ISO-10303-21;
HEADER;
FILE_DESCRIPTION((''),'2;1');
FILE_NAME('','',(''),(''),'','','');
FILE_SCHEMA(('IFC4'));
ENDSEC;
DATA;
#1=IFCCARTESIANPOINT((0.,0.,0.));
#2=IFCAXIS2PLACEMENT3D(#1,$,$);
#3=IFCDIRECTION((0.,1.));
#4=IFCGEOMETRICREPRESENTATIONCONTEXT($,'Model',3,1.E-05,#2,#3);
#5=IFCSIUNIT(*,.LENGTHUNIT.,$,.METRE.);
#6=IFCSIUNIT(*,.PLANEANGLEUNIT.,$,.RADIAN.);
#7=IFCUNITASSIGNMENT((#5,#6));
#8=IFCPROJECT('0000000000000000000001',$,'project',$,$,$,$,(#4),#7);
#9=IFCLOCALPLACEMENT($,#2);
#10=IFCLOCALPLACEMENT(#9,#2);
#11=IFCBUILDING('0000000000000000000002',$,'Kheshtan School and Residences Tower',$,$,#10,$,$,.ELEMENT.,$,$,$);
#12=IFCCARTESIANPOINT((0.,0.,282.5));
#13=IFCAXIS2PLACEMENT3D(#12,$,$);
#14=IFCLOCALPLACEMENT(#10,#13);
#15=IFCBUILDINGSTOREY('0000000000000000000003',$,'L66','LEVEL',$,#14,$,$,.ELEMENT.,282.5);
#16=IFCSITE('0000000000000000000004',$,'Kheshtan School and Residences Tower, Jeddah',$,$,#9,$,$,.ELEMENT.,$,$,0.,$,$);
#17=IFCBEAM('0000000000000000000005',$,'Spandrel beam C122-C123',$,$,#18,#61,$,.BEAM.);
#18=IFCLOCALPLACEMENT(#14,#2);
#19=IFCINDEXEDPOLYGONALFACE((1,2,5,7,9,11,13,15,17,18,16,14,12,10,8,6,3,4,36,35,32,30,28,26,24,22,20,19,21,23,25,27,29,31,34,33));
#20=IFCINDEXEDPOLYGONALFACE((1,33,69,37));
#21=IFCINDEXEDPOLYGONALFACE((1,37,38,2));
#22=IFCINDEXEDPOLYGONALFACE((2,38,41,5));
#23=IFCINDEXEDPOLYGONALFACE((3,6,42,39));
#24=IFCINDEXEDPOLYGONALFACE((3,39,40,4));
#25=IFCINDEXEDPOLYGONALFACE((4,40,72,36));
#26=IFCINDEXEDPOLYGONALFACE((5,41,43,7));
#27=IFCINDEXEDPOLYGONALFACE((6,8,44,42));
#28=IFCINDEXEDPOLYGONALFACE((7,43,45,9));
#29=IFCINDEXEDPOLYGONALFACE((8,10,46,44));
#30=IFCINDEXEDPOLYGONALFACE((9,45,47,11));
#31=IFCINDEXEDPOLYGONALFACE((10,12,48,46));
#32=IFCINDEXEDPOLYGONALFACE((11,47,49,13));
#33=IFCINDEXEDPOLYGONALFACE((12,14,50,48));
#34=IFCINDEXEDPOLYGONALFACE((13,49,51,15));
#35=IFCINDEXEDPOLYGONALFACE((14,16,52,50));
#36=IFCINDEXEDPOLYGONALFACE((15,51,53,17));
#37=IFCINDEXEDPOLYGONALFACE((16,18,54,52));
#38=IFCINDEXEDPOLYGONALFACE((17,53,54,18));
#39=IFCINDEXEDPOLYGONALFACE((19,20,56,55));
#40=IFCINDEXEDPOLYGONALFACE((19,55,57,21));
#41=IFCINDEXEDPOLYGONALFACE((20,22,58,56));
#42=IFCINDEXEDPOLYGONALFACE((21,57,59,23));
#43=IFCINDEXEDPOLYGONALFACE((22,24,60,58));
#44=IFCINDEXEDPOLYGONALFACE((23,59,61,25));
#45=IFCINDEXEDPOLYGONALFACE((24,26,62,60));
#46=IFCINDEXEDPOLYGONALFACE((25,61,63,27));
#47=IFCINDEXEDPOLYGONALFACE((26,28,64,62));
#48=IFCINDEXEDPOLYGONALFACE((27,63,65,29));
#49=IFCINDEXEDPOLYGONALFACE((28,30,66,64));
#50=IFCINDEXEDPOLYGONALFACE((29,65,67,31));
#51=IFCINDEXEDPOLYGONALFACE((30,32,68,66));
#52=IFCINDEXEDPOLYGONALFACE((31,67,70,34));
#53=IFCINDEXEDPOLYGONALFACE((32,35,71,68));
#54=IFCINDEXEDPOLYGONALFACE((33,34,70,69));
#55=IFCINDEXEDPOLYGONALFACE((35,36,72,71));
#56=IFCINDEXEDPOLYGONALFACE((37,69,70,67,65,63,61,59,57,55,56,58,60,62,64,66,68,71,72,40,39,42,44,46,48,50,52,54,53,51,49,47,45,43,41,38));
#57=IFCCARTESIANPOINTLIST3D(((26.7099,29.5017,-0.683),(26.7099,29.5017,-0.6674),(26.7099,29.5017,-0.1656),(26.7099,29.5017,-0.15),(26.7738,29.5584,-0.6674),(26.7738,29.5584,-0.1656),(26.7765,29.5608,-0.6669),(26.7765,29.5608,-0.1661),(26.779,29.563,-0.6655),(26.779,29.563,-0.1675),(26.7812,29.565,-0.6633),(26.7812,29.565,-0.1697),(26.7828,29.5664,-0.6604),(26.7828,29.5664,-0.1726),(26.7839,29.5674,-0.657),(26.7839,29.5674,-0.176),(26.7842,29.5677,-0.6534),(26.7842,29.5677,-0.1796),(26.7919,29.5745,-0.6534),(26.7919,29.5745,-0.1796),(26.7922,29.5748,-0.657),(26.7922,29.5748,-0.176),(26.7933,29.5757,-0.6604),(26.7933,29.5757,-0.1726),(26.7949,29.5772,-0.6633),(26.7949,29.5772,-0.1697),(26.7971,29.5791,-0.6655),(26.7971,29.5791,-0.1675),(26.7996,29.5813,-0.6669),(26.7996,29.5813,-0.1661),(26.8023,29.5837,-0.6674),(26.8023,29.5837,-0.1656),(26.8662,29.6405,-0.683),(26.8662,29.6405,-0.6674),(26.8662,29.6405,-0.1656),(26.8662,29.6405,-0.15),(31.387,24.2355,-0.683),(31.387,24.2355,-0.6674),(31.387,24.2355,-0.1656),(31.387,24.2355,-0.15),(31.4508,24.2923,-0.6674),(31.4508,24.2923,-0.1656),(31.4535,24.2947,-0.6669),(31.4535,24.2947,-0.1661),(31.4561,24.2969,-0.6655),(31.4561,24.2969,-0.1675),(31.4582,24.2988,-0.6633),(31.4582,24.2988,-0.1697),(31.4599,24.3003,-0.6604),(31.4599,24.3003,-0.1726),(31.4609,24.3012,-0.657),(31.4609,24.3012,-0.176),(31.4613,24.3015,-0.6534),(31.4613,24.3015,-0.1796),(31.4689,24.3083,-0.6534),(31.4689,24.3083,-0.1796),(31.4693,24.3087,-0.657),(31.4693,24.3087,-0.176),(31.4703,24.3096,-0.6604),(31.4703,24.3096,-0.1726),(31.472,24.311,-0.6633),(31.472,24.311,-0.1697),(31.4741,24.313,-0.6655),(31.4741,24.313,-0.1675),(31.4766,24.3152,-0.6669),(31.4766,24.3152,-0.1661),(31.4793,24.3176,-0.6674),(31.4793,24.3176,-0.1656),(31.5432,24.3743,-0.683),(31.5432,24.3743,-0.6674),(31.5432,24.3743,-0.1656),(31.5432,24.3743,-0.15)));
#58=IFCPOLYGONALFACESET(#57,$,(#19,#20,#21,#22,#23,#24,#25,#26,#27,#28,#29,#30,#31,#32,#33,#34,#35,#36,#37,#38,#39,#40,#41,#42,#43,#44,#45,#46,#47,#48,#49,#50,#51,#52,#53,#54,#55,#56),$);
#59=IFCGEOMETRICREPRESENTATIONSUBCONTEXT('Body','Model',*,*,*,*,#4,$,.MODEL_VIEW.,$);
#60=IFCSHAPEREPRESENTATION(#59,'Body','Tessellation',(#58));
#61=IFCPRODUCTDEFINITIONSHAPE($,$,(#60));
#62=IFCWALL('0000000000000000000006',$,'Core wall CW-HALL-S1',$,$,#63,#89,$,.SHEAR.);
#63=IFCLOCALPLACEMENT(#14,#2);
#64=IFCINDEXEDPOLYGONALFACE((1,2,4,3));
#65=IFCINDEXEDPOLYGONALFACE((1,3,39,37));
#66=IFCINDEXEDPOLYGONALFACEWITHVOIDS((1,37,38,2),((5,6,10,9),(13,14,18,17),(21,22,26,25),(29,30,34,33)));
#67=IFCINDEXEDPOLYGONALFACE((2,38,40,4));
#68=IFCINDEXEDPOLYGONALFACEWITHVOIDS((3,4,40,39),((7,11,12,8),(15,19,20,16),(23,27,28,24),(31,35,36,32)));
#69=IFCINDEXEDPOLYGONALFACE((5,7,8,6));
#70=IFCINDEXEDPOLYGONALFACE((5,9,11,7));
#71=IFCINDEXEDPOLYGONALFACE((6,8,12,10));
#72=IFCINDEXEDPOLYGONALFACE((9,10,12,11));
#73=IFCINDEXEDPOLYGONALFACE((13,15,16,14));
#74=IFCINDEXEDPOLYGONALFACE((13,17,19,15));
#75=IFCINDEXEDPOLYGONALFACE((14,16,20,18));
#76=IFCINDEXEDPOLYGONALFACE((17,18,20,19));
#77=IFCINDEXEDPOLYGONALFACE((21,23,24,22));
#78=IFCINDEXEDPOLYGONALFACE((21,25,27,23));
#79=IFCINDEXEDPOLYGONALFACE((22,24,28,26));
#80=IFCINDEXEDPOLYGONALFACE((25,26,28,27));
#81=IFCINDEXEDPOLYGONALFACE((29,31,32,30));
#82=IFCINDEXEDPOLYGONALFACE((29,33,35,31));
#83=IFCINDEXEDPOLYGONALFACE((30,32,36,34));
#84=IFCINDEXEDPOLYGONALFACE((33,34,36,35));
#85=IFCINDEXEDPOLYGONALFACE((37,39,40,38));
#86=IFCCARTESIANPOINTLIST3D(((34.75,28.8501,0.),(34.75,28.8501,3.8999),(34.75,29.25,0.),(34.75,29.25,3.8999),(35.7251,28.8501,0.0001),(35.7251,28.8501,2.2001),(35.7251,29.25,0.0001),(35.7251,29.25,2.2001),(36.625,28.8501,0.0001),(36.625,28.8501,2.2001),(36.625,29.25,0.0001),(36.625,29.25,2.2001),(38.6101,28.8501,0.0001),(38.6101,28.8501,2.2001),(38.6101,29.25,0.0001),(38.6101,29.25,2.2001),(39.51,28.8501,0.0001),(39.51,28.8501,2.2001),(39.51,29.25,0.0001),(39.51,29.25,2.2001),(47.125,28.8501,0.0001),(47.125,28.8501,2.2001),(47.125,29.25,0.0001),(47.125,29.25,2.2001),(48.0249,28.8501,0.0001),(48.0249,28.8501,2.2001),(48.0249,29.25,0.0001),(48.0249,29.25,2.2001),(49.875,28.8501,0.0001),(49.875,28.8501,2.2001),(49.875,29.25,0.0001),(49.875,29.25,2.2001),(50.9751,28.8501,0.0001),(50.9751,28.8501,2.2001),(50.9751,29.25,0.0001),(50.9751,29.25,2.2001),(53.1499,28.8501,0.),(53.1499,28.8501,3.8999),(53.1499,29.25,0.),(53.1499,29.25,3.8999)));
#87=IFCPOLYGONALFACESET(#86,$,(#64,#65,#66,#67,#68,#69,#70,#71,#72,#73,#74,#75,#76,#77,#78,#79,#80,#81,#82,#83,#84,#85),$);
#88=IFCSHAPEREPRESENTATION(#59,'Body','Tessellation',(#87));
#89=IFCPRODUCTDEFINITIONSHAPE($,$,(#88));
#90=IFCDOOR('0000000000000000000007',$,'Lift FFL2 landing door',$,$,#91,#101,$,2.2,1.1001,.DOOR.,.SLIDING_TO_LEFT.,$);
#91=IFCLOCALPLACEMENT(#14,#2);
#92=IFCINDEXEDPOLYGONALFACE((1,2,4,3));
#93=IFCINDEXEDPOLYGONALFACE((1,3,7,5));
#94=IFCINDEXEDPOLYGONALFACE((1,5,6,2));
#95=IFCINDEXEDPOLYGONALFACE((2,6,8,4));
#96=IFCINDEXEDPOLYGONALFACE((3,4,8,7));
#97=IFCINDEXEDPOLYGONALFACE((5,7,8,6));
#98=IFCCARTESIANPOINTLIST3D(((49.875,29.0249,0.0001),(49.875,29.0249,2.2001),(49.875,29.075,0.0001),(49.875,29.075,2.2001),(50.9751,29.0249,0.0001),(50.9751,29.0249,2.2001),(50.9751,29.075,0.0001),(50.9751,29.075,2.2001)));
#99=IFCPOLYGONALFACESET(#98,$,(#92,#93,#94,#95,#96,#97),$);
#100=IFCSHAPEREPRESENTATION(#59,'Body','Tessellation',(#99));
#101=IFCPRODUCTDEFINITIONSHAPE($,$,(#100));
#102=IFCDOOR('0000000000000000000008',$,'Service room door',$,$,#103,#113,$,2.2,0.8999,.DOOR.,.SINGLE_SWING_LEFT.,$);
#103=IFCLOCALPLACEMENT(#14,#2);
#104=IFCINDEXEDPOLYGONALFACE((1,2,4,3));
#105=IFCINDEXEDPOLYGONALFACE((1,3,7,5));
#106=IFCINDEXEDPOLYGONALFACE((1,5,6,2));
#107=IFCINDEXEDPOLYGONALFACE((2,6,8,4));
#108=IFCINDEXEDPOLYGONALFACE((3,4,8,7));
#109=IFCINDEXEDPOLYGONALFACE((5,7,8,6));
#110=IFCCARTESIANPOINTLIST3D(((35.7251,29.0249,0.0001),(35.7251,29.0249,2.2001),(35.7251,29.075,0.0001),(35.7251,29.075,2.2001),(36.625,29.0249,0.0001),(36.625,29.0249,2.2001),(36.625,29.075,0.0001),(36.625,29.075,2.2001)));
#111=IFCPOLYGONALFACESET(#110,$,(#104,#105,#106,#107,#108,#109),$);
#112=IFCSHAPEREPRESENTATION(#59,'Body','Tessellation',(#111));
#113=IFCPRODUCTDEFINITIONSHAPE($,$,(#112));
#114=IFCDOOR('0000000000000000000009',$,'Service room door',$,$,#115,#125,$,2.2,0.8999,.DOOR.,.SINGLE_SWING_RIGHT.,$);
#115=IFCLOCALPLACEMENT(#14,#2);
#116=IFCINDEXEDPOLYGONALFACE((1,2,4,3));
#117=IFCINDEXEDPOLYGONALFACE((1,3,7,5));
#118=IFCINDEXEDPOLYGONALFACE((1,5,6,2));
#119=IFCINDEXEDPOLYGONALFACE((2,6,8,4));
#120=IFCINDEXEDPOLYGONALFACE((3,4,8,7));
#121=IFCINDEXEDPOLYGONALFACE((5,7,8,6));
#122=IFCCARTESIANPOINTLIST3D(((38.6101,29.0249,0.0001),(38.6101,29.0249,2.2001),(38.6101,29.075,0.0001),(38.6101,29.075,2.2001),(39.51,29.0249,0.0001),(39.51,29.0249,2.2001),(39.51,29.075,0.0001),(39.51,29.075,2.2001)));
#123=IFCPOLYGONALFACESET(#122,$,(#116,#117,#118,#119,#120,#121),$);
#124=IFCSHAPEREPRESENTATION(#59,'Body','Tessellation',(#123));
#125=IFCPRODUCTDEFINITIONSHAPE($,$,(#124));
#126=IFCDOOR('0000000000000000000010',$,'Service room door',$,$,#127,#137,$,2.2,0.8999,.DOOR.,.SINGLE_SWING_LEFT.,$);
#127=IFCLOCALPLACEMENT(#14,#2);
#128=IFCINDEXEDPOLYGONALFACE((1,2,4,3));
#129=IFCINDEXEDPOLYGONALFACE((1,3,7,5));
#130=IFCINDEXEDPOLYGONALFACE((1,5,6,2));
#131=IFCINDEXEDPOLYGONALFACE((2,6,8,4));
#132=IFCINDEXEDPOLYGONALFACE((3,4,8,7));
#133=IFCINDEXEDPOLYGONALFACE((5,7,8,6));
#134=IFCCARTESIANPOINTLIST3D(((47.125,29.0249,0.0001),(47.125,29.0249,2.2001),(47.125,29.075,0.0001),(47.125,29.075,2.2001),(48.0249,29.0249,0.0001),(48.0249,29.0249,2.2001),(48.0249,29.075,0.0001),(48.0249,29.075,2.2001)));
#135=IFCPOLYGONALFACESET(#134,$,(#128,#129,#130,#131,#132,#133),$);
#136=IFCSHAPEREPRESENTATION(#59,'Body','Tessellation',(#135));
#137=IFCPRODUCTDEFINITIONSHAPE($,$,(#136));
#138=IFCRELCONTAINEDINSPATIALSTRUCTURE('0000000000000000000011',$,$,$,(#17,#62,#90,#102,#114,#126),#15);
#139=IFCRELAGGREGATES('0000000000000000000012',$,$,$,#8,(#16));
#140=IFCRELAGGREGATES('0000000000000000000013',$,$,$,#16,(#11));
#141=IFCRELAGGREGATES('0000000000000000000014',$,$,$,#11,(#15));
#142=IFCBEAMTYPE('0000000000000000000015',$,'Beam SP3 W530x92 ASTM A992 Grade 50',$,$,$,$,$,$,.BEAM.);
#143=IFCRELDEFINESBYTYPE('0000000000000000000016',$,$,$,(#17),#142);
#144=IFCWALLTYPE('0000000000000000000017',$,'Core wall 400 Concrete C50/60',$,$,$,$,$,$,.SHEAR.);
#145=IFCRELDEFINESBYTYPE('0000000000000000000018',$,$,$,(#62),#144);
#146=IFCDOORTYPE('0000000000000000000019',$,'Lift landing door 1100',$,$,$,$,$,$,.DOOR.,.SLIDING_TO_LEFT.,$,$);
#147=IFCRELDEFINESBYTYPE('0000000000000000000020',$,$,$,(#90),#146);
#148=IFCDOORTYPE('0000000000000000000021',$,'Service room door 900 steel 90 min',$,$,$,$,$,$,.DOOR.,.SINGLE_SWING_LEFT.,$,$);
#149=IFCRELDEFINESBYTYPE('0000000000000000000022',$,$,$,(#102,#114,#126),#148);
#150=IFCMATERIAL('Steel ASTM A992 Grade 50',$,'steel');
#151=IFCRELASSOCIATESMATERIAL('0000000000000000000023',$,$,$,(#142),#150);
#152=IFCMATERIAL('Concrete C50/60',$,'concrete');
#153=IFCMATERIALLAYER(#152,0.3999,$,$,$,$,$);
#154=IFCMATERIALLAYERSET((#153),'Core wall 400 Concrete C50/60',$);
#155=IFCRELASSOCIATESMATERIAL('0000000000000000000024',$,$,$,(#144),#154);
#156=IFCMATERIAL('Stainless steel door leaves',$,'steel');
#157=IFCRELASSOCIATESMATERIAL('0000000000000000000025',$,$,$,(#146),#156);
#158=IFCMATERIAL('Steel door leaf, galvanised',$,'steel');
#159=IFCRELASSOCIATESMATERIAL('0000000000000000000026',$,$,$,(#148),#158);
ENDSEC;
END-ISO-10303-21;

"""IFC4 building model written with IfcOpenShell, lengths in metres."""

from ifc_helpers import new_model, si_unit, direction, frame, frame_2d, origin, origin_2d, place, context, subcontext, project, spatial, rectangle, i_section, extrude, source, transform, mapped, material, layer, layer_set, material_profile, profile_set, type_object, element, fill, save


model = new_model("IFC4")

# Units and contexts
model_context = context("Model", 3, precision=1e-05, world=origin(), true_north=direction((0.0, 1.0)))
body_context = subcontext(model_context, "Body", "Model", "MODEL_VIEW")
ifc_project = project(units=[si_unit("LENGTHUNIT", "METRE"), si_unit("PLANEANGLEUNIT", "RADIAN")], contexts=[model_context])

# Site, building, storey
site_placement = place(None, origin())
site = spatial("IfcSite", under=ifc_project, at=site_placement, Name="Kheshtan School and Residences Tower, Jeddah", CompositionType="ELEMENT", RefElevation=0.0)
building_placement = place(site_placement, origin())
building = spatial("IfcBuilding", under=site, at=building_placement, Name="Kheshtan School and Residences Tower", CompositionType="ELEMENT")
storey_placement = place(building_placement, frame((0.0, 0.0, 282.5)))
storey = spatial("IfcBuildingStorey", under=building, at=storey_placement, Name="L66", Description="LEVEL", CompositionType="ELEMENT", Elevation=282.5)

# Shared definitions
ifc_material_1 = material(Name="Steel ASTM A992 Grade 50", Category="steel")

# Beam
ifc_material_profile_1 = material_profile(ifc_material_1, i_section(OverallWidth=0.209, OverallDepth=0.533, WebThickness=0.0103, FlangeThickness=0.0156, FilletRadius=0.0139, at=origin_2d()), Name="W530x92")
ifc_profile_set_1 = profile_set([ifc_material_profile_1], Name="Steel ASTM A992 Grade 50")
beam_type_1 = type_object("IfcBeamType", Name="Beam SP3 W530x92 ASTM A992 Grade 50", PredefinedType="BEAM", material=ifc_profile_set_1)
beam_1_placement = place(storey_placement, frame((31.4651, 24.3049, -0.4165), z_axis=(-0.664048, 0.74769, 0.0), x_axis=(-0.74769, -0.664048, 0.0)))
element("IfcBeam", 1, at=beam_1_placement, inside=storey, type_object=beam_type_1, Name="Spandrel beam C122-C123", PredefinedType="BEAM", context=body_context, shape_type="SweptSolid", body=[
    extrude(i_section(OverallWidth=0.209, OverallDepth=0.533, WebThickness=0.0103, FlangeThickness=0.0156, FilletRadius=0.0139, at=origin_2d()), origin(), (0.0, 0.0, 1.0), 7.0432),
])

# Wall, openings, doors
ifc_material_2 = material(Name="Concrete C50/60", Category="concrete")
ifc_layer_1 = layer(ifc_material_2, 0.3999)
ifc_layer_set_1 = layer_set([ifc_layer_1], Name="Core wall 400 Concrete C50/60")
wall_type_1 = type_object("IfcWallType", Name="Core wall 400 Concrete C50/60", PredefinedType="SHEAR", material=ifc_layer_set_1)
wall_1_placement = place(storey_placement, frame((34.75, 29.05, 0.0), z_axis=(0.0, 0.0, 1.0), x_axis=(1.0, 0.0, 0.0)))
wall_1 = element("IfcWall", 2, at=wall_1_placement, inside=storey, type_object=wall_type_1, Name="Core wall CW-HALL-S1", PredefinedType="SHEAR", context=body_context, shape_type="SweptSolid", body=[
    extrude(rectangle(XDim=18.3999, YDim=0.3999, at=frame_2d((9.2, 0.0))), origin(), (0.0, 0.0, 1.0), 3.8999),
])
opening_1_placement = place(wall_1_placement, frame((15.125, 0.0, 0.0)))
opening_1 = element("IfcOpeningElement", 3, at=opening_1_placement, cuts=wall_1, PredefinedType="OPENING", context=body_context, shape_type="SweptSolid", body=[
    extrude(rectangle(XDim=1.1001, YDim=2.2, at=frame_2d((0.55, 1.1001))), frame((0.0, 0.21, 0.0), z_axis=(0.0, -1.0, 0.0), x_axis=(1.0, 0.0, 0.0)), (0.0, 0.0, 1.0), 0.4199),
])
opening_2_placement = place(wall_1_placement, frame((0.9751, 0.0, 0.0)))
opening_2 = element("IfcOpeningElement", 4, at=opening_2_placement, cuts=wall_1, PredefinedType="OPENING", context=body_context, shape_type="SweptSolid", body=[
    extrude(rectangle(XDim=0.8999, YDim=2.2, at=frame_2d((0.45, 1.1001))), frame((0.0, 0.21, 0.0), z_axis=(0.0, -1.0, 0.0), x_axis=(1.0, 0.0, 0.0)), (0.0, 0.0, 1.0), 0.4199),
])
opening_3_placement = place(wall_1_placement, frame((3.8601, 0.0, 0.0)))
opening_3 = element("IfcOpeningElement", 5, at=opening_3_placement, cuts=wall_1, PredefinedType="OPENING", context=body_context, shape_type="SweptSolid", body=[
    extrude(rectangle(XDim=0.8999, YDim=2.2, at=frame_2d((0.45, 1.1001))), frame((0.0, 0.21, 0.0), z_axis=(0.0, -1.0, 0.0), x_axis=(1.0, 0.0, 0.0)), (0.0, 0.0, 1.0), 0.4199),
])
opening_4_placement = place(wall_1_placement, frame((12.375, 0.0, 0.0)))
opening_4 = element("IfcOpeningElement", 6, at=opening_4_placement, cuts=wall_1, PredefinedType="OPENING", context=body_context, shape_type="SweptSolid", body=[
    extrude(rectangle(XDim=0.8999, YDim=2.2, at=frame_2d((0.45, 1.1001))), frame((0.0, 0.21, 0.0), z_axis=(0.0, -1.0, 0.0), x_axis=(1.0, 0.0, 0.0)), (0.0, 0.0, 1.0), 0.4199),
])
ifc_material_3 = material(Name="Stainless steel door leaves", Category="steel")
door_type_1 = type_object("IfcDoorType", Name="Lift landing door 1100", OperationType="SLIDING_TO_LEFT", PredefinedType="DOOR", material=ifc_material_3)
shared_shape_1 = source(origin(), body_context, "Body", "SweptSolid", [
    extrude(rectangle(XDim=1.1001, YDim=2.2, at=frame_2d((0.55, 1.1001))), frame((0.0, 0.0249, 0.0), z_axis=(0.0, -1.0, 0.0), x_axis=(1.0, 0.0, 0.0)), (0.0, 0.0, 1.0), 0.05),
])
door_1_placement = place(opening_1_placement, origin())
door_1 = element("IfcDoor", 7, at=door_1_placement, inside=storey, type_object=door_type_1, Name="Lift FFL2 landing door", OperationType="SLIDING_TO_LEFT", OverallHeight=2.2, OverallWidth=1.1001, PredefinedType="DOOR", context=body_context, shape_type="MappedRepresentation", body=[
    mapped(shared_shape_1, transform((0.0, 0.0, 0.0), x_axis=(1.0, 0.0, 0.0), y_axis=(0.0, 1.0, 0.0), z_axis=(0.0, 0.0, 1.0), scale=1.0)),
])
fill(opening_1, door_1)
ifc_material_4 = material(Name="Steel door leaf, galvanised", Category="steel")
door_type_2 = type_object("IfcDoorType", Name="Service room door 900 steel 90 min", OperationType="SINGLE_SWING_LEFT", PredefinedType="DOOR", material=ifc_material_4)
shared_shape_2 = source(origin(), body_context, "Body", "SweptSolid", [
    extrude(rectangle(XDim=0.8999, YDim=2.2, at=frame_2d((0.45, 1.1001))), frame((0.0, 0.0249, 0.0), z_axis=(0.0, -1.0, 0.0), x_axis=(1.0, 0.0, 0.0)), (0.0, 0.0, 1.0), 0.05),
])
door_2_placement = place(opening_2_placement, origin())
door_2 = element("IfcDoor", 8, at=door_2_placement, inside=storey, type_object=door_type_2, Name="Service room door", OperationType="SINGLE_SWING_LEFT", OverallHeight=2.2, OverallWidth=0.8999, PredefinedType="DOOR", context=body_context, shape_type="MappedRepresentation", body=[
    mapped(shared_shape_2, transform((0.0, 0.0, 0.0), x_axis=(1.0, 0.0, 0.0), y_axis=(0.0, 1.0, 0.0), z_axis=(0.0, 0.0, 1.0), scale=1.0)),
])
fill(opening_2, door_2)
door_3_placement = place(opening_3_placement, origin())
door_3 = element("IfcDoor", 9, at=door_3_placement, inside=storey, type_object=door_type_2, Name="Service room door", OperationType="SINGLE_SWING_RIGHT", OverallHeight=2.2, OverallWidth=0.8999, PredefinedType="DOOR", context=body_context, shape_type="MappedRepresentation", body=[
    mapped(shared_shape_2, transform((0.0, 0.0, 0.0), x_axis=(1.0, 0.0, 0.0), y_axis=(0.0, 1.0, 0.0), z_axis=(0.0, 0.0, 1.0), scale=1.0)),
])
fill(opening_3, door_3)
door_4_placement = place(opening_4_placement, origin())
door_4 = element("IfcDoor", 10, at=door_4_placement, inside=storey, type_object=door_type_2, Name="Service room door", OperationType="SINGLE_SWING_LEFT", OverallHeight=2.2, OverallWidth=0.8999, PredefinedType="DOOR", context=body_context, shape_type="MappedRepresentation", body=[
    mapped(shared_shape_2, transform((0.0, 0.0, 0.0), x_axis=(1.0, 0.0, 0.0), y_axis=(0.0, 1.0, 0.0), z_axis=(0.0, 0.0, 1.0), scale=1.0)),
])
fill(opening_4, door_4)

save(model, "model.ifc")
